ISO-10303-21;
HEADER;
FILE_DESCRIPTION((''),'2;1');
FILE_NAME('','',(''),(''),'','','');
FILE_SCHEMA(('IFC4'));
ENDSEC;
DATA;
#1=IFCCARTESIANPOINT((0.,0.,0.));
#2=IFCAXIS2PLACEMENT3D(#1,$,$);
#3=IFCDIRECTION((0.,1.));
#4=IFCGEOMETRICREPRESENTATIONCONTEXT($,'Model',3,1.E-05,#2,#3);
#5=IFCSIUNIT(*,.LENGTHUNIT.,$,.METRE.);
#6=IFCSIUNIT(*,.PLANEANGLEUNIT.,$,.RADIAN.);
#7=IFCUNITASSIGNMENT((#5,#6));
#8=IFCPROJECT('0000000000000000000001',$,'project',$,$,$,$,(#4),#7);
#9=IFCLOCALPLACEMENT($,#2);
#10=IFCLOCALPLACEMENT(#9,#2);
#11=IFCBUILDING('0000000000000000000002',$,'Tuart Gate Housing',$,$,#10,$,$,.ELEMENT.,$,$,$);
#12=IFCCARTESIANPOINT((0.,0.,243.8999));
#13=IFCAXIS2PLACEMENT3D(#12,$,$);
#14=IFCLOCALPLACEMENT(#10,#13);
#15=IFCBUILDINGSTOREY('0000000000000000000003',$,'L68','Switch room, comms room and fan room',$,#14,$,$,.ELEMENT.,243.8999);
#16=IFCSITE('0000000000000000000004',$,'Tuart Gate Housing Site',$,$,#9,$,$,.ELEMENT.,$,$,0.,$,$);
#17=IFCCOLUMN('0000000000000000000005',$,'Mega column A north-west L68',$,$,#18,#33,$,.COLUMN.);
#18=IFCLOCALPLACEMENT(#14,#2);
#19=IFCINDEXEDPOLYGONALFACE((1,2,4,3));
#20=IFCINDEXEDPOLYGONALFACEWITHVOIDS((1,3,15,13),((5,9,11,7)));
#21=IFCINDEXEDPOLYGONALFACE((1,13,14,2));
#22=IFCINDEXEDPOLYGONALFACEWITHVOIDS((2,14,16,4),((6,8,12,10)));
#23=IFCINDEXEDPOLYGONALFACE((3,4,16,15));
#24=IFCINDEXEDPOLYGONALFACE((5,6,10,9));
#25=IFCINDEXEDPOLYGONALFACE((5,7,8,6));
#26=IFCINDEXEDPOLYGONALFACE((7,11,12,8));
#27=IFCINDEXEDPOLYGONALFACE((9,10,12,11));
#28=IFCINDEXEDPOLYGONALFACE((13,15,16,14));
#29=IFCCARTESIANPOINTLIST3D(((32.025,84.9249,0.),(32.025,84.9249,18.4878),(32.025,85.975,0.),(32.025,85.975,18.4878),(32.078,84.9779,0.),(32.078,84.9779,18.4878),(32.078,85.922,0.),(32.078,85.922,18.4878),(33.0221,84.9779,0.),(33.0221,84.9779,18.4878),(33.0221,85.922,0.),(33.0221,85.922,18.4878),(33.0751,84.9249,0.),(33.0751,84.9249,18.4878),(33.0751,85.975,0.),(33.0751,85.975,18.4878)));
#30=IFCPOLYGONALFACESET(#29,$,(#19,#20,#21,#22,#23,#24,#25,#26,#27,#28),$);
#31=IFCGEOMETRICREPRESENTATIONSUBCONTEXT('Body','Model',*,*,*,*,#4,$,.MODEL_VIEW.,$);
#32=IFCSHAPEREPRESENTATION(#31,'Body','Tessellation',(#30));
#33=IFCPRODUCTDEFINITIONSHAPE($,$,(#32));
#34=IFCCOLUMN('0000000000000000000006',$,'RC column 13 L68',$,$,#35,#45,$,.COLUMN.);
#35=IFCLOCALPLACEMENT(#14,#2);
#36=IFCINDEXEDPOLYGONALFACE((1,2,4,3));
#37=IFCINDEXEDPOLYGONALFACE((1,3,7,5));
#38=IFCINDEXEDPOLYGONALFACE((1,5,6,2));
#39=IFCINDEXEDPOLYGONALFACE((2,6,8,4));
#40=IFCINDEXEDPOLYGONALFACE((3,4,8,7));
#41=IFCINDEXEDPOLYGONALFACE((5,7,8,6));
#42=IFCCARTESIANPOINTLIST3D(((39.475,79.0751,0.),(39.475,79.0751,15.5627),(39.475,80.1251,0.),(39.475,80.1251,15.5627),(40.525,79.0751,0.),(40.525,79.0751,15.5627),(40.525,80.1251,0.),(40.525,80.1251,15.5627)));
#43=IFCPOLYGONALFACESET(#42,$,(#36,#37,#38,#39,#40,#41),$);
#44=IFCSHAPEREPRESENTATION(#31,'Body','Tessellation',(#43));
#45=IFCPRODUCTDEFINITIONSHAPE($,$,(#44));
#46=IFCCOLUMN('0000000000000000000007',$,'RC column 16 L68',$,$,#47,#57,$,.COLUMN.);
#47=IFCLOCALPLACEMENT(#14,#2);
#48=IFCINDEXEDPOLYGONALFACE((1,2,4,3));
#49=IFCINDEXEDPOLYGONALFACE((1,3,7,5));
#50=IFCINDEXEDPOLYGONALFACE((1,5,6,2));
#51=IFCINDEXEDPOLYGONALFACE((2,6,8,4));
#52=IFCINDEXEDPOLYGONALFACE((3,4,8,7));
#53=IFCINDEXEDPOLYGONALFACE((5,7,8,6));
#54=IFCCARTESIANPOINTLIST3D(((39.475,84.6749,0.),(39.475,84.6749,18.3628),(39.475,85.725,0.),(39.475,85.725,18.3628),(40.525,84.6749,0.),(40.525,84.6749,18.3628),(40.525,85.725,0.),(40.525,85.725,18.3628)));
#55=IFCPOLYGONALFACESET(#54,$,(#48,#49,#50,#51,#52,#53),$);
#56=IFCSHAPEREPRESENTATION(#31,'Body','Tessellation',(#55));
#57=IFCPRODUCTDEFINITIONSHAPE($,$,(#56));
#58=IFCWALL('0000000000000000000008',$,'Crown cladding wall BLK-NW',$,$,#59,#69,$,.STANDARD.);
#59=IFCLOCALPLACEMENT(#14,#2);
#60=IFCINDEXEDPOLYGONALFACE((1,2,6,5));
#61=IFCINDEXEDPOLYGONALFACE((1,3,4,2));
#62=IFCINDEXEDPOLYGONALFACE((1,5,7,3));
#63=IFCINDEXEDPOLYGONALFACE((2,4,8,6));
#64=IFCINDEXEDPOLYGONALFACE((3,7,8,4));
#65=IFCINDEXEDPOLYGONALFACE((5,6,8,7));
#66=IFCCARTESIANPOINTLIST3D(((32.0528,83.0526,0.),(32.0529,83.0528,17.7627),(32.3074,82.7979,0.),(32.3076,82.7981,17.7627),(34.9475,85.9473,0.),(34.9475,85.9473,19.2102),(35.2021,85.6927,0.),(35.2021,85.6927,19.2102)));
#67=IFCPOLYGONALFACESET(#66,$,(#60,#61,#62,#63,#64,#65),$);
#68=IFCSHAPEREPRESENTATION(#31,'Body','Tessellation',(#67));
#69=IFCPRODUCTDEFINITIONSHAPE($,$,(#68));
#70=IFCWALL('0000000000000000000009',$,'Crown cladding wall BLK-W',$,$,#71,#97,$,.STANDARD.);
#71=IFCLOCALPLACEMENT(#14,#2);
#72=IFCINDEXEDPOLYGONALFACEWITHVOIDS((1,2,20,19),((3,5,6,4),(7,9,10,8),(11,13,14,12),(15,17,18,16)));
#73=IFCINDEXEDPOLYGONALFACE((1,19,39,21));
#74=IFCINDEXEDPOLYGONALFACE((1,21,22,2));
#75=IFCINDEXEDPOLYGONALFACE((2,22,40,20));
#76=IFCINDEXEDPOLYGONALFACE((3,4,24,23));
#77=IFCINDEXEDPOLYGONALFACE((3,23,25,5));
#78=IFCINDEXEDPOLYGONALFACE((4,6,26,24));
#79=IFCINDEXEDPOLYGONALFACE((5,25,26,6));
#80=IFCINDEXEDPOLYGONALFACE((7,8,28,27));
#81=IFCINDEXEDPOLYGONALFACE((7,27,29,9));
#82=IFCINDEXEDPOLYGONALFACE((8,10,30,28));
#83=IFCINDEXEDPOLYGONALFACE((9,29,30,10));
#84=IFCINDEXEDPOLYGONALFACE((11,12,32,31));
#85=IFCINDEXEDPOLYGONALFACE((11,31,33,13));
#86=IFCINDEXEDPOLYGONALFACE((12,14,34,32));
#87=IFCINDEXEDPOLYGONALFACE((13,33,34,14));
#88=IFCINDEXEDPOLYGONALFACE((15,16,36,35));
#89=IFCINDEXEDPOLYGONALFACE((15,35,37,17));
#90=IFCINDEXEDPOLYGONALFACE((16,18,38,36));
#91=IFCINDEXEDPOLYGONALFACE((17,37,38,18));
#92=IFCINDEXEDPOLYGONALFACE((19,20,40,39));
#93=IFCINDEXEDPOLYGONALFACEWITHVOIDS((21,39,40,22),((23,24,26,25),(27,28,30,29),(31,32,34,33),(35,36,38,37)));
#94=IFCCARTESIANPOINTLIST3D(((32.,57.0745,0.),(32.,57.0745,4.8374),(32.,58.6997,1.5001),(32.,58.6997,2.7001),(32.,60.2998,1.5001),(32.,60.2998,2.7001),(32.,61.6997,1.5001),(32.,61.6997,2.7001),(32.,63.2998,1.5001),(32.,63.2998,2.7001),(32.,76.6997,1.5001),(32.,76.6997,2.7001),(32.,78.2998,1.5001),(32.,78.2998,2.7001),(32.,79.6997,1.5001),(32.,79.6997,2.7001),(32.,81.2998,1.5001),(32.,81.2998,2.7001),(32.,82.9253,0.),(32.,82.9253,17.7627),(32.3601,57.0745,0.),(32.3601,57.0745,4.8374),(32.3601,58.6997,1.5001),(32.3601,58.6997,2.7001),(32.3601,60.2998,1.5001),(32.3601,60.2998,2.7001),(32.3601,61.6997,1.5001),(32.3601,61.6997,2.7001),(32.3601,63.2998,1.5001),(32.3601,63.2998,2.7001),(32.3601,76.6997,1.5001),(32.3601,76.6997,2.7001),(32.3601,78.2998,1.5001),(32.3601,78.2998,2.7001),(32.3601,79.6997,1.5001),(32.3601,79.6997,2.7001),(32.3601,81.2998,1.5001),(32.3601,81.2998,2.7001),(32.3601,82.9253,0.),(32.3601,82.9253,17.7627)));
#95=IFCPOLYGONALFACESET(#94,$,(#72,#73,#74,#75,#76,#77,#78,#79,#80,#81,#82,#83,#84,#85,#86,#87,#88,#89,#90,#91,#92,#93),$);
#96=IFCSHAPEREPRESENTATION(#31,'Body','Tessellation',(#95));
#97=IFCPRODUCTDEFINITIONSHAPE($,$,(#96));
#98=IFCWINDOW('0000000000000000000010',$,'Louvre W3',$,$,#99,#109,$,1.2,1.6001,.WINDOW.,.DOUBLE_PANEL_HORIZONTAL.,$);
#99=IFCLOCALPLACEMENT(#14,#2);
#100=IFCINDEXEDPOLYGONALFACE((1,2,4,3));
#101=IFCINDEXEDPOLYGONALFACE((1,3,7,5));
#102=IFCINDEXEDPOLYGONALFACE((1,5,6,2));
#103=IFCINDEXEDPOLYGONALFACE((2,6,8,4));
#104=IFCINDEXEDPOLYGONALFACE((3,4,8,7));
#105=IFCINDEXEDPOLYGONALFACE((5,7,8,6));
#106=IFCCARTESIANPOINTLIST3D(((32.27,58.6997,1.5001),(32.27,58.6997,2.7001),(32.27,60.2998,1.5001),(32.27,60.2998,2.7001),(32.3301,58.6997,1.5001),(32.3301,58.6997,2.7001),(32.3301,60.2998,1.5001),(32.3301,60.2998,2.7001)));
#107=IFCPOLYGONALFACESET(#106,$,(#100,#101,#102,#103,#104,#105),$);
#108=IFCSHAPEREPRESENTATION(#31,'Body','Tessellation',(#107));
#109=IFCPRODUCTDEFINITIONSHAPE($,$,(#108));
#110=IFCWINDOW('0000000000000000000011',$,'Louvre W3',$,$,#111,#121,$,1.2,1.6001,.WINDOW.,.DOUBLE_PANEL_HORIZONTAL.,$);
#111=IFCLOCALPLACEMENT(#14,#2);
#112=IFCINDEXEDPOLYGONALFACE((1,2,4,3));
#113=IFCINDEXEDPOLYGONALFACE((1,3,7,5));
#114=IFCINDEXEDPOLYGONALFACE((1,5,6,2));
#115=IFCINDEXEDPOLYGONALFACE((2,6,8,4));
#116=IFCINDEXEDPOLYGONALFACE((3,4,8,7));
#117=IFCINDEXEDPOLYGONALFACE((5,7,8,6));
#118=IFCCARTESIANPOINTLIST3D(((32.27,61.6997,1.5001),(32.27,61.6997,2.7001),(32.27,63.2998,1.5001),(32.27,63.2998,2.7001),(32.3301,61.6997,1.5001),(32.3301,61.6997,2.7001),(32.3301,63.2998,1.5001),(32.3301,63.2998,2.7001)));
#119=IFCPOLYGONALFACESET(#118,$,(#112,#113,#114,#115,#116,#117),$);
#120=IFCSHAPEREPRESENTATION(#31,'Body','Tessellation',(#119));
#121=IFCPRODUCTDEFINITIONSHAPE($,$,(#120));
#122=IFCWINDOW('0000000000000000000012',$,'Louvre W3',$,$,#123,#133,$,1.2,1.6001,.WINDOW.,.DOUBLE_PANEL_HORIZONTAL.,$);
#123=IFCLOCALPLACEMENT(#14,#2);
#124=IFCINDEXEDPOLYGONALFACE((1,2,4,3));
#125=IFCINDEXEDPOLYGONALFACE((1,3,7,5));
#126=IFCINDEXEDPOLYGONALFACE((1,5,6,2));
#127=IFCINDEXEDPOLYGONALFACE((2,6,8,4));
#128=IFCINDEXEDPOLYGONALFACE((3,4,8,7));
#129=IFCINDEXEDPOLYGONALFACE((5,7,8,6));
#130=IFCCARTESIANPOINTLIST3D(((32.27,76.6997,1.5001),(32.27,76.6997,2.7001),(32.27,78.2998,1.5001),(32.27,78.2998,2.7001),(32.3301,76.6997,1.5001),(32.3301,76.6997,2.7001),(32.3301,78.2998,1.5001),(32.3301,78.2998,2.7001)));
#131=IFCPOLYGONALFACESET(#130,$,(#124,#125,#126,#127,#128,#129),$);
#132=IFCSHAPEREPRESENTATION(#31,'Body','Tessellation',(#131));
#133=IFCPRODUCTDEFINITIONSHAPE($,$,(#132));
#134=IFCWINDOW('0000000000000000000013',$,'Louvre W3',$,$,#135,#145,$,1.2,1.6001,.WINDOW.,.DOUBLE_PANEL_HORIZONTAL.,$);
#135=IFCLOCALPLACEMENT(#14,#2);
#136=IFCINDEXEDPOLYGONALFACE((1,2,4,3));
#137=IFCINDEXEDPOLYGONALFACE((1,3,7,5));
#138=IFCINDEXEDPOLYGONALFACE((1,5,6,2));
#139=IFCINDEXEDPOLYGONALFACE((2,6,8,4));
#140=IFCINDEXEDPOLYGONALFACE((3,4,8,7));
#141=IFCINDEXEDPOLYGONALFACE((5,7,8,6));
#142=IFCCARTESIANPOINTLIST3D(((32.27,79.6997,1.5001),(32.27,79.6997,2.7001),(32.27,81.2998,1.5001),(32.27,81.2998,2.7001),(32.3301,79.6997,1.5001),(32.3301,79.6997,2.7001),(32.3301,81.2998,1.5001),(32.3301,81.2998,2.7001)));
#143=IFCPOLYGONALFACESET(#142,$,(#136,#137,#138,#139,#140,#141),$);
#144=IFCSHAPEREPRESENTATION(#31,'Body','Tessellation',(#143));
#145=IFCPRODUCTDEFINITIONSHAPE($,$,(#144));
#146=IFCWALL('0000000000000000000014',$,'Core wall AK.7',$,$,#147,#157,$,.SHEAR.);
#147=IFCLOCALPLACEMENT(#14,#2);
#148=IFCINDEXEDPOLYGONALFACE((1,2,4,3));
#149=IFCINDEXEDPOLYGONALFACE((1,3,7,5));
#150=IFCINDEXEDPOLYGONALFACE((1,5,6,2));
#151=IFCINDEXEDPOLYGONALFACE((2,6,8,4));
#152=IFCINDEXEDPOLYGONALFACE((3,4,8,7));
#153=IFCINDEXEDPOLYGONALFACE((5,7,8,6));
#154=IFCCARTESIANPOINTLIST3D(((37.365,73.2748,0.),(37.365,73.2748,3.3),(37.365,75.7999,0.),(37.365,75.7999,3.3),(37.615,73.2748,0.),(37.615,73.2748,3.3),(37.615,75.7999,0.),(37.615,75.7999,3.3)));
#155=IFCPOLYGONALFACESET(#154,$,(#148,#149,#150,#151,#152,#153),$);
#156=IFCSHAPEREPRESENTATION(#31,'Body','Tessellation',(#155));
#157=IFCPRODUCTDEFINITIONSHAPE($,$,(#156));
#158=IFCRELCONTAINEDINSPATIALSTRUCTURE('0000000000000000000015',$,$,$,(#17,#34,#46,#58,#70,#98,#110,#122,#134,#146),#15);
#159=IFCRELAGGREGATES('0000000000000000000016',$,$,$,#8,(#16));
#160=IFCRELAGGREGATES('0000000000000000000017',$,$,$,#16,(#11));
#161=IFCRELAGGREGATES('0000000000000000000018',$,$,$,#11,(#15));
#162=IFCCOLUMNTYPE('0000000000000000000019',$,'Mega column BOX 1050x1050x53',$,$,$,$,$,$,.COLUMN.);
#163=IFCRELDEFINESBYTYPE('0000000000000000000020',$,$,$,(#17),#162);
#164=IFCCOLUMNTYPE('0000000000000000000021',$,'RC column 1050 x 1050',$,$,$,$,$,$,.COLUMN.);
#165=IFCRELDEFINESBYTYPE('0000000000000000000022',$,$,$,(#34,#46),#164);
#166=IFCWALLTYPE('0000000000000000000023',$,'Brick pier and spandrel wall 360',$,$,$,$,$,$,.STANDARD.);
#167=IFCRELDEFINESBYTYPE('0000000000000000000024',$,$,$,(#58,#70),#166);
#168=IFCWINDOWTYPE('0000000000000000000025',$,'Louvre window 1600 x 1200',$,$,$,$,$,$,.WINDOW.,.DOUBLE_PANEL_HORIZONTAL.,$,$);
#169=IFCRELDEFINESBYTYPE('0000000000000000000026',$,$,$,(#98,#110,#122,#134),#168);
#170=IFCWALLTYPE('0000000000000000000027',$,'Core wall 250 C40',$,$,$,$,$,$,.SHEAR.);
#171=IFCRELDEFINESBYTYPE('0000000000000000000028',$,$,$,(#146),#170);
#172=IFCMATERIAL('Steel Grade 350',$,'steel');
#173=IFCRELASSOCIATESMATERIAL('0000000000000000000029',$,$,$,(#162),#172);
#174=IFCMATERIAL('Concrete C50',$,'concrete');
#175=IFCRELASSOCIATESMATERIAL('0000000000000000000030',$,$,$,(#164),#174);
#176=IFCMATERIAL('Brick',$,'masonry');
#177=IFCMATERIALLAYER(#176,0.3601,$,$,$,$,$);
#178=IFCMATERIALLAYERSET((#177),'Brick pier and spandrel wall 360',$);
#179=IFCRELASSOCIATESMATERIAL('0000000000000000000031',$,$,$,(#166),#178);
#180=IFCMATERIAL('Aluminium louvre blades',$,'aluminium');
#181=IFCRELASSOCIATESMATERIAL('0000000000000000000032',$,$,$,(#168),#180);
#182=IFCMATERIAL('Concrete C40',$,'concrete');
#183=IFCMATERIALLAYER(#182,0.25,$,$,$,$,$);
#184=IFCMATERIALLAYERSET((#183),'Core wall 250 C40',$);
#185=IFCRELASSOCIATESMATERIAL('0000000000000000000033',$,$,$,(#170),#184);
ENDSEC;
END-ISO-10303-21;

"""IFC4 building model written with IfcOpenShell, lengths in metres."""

from ifc_helpers import new_model, si_unit, direction, frame, frame_2d, origin, origin_2d, place, context, subcontext, project, spatial, polyline, rectangle, hollow_rectangle, outline, extrude, material, layer, layer_set, material_profile, profile_set, type_object, element, fill, save


model = new_model("IFC4")

# Units and contexts
model_context = context("Model", 3, precision=1e-05, world=origin(), true_north=direction((0.0, 1.0)))
body_context = subcontext(model_context, "Body", "Model", "MODEL_VIEW")
ifc_project = project(units=[si_unit("LENGTHUNIT", "METRE"), si_unit("PLANEANGLEUNIT", "RADIAN")], contexts=[model_context])

# Site, building, storey
site_placement = place(None, origin())
site = spatial("IfcSite", under=ifc_project, at=site_placement, Name="Tuart Gate Housing Site", CompositionType="ELEMENT", RefElevation=0.0)
building_placement = place(site_placement, origin())
building = spatial("IfcBuilding", under=site, at=building_placement, Name="Tuart Gate Housing", CompositionType="ELEMENT")
storey_placement = place(building_placement, frame((0.0, 0.0, 243.8999)))
storey = spatial("IfcBuildingStorey", under=building, at=storey_placement, Name="L68", Description="Switch room, comms room and fan room", CompositionType="ELEMENT", Elevation=243.8999)

# Columns
ifc_material_1 = material(Name="Steel Grade 350", Category="steel")
ifc_material_profile_1 = material_profile(ifc_material_1, hollow_rectangle(XDim=1.05, YDim=1.05, WallThickness=0.053, at=origin_2d()), Name="BOX 1050x1050x53")
ifc_profile_set_1 = profile_set([ifc_material_profile_1], Name="Steel Grade 350")
column_type_1 = type_object("IfcColumnType", Name="Mega column BOX 1050x1050x53", PredefinedType="COLUMN", material=ifc_profile_set_1)
column_1_placement = place(storey_placement, frame((32.55, 85.45, 0.0), z_axis=(0.0, 0.0, 1.0), x_axis=(1.0, 0.0, 0.0)))
element("IfcColumn", 1, at=column_1_placement, inside=storey, type_object=column_type_1, Name="Mega column A north-west L68", PredefinedType="COLUMN", context=body_context, shape_type="SweptSolid", body=[
    extrude(hollow_rectangle(XDim=1.05, YDim=1.05, WallThickness=0.053, at=origin_2d()), origin(), (0.0, 0.0, 1.0), 18.4878),
])
ifc_material_2 = material(Name="Concrete C50", Category="concrete")
ifc_material_profile_2 = material_profile(ifc_material_2, rectangle(XDim=1.05, YDim=1.05, at=origin_2d()), Name="RC column 1050 x 1050")
ifc_profile_set_2 = profile_set([ifc_material_profile_2], Name="Concrete C50")
column_type_2 = type_object("IfcColumnType", Name="RC column 1050 x 1050", PredefinedType="COLUMN", material=ifc_profile_set_2)
column_2_placement = place(storey_placement, frame((40.0, 79.6001, 0.0), z_axis=(0.0, 0.0, 1.0), x_axis=(1.0, 0.0, 0.0)))
element("IfcColumn", 2, at=column_2_placement, inside=storey, type_object=column_type_2, Name="RC column 13 L68", PredefinedType="COLUMN", context=body_context, shape_type="SweptSolid", body=[
    extrude(rectangle(XDim=1.05, YDim=1.05, at=origin_2d()), origin(), (0.0, 0.0, 1.0), 15.5627),
])
column_3_placement = place(storey_placement, frame((40.0, 85.2, 0.0), z_axis=(0.0, 0.0, 1.0), x_axis=(1.0, 0.0, 0.0)))
element("IfcColumn", 3, at=column_3_placement, inside=storey, type_object=column_type_2, Name="RC column 16 L68", PredefinedType="COLUMN", context=body_context, shape_type="SweptSolid", body=[
    extrude(rectangle(XDim=1.05, YDim=1.05, at=origin_2d()), origin(), (0.0, 0.0, 1.0), 18.3628),
])

# Wall
ifc_material_3 = material(Name="Brick", Category="masonry")
ifc_layer_1 = layer(ifc_material_3, 0.3601)
ifc_layer_set_1 = layer_set([ifc_layer_1], Name="Brick pier and spandrel wall 360")
wall_type_1 = type_object("IfcWallType", Name="Brick pier and spandrel wall 360", PredefinedType="STANDARD", material=ifc_layer_set_1)
wall_1_placement = place(storey_placement, frame((35.0747, 85.8201, 0.0), z_axis=(0.0, 0.0, 1.0), x_axis=(-0.707107, -0.707107, 0.0)))
element("IfcWall", 4, at=wall_1_placement, inside=storey, type_object=wall_type_1, Name="Crown cladding wall BLK-NW", PredefinedType="STANDARD", context=body_context, shape_type="SweptSolid", body=[
    extrude(outline(polyline([(0.0, 0.0), (4.0938, 0.0), (4.0935, 17.7627), (0.0, 19.2102), (0.0, 0.0)])), frame((0.0, 0.1802, 0.0), z_axis=(0.0, -1.0, 0.0), x_axis=(1.0, 0.0, 0.0)), (0.0, 0.0, 1.0), 0.3601),
])

# Wall, openings, windows
wall_2_placement = place(storey_placement, frame((32.1799, 82.9253, 0.0), z_axis=(0.0, 0.0, 1.0), x_axis=(0.0, -1.0, 0.0)))
wall_2 = element("IfcWall", 5, at=wall_2_placement, inside=storey, type_object=wall_type_1, Name="Crown cladding wall BLK-W", PredefinedType="STANDARD", context=body_context, shape_type="SweptSolid", body=[
    extrude(outline(polyline([(0.0, 0.0), (25.8508, 0.0), (25.8508, 4.8374), (0.0, 17.7627), (0.0, 0.0)])), frame((0.0, 0.1802, 0.0), z_axis=(0.0, -1.0, 0.0), x_axis=(1.0, 0.0, 0.0)), (0.0, 0.0, 1.0), 0.3601),
])
opening_1_placement = place(wall_2_placement, frame((22.6255, 0.0, 1.5)))
opening_1 = element("IfcOpeningElement", 6, at=opening_1_placement, cuts=wall_2, PredefinedType="OPENING", context=body_context, shape_type="SweptSolid", body=[
    extrude(rectangle(XDim=1.6001, YDim=1.2, at=frame_2d((0.8, 0.6001))), frame((0.0, 0.1899, 0.0), z_axis=(0.0, -1.0, 0.0), x_axis=(1.0, 0.0, 0.0)), (0.0, 0.0, 1.0), 0.3801),
])
opening_2_placement = place(wall_2_placement, frame((19.6255, 0.0, 1.5)))
opening_2 = element("IfcOpeningElement", 7, at=opening_2_placement, cuts=wall_2, PredefinedType="OPENING", context=body_context, shape_type="SweptSolid", body=[
    extrude(rectangle(XDim=1.6001, YDim=1.2, at=frame_2d((0.8, 0.6001))), frame((0.0, 0.1899, 0.0), z_axis=(0.0, -1.0, 0.0), x_axis=(1.0, 0.0, 0.0)), (0.0, 0.0, 1.0), 0.3801),
])
opening_3_placement = place(wall_2_placement, frame((4.6255, 0.0, 1.5)))
opening_3 = element("IfcOpeningElement", 8, at=opening_3_placement, cuts=wall_2, PredefinedType="OPENING", context=body_context, shape_type="SweptSolid", body=[
    extrude(rectangle(XDim=1.6001, YDim=1.2, at=frame_2d((0.8, 0.6001))), frame((0.0, 0.1899, 0.0), z_axis=(0.0, -1.0, 0.0), x_axis=(1.0, 0.0, 0.0)), (0.0, 0.0, 1.0), 0.3801),
])
opening_4_placement = place(wall_2_placement, frame((1.6255, 0.0, 1.5)))
opening_4 = element("IfcOpeningElement", 9, at=opening_4_placement, cuts=wall_2, PredefinedType="OPENING", context=body_context, shape_type="SweptSolid", body=[
    extrude(rectangle(XDim=1.6001, YDim=1.2, at=frame_2d((0.8, 0.6001))), frame((0.0, 0.1899, 0.0), z_axis=(0.0, -1.0, 0.0), x_axis=(1.0, 0.0, 0.0)), (0.0, 0.0, 1.0), 0.3801),
])
ifc_material_4 = material(Name="Aluminium louvre blades", Category="aluminium")
window_type = type_object("IfcWindowType", Name="Louvre window 1600 x 1200", PartitioningType="DOUBLE_PANEL_HORIZONTAL", PredefinedType="WINDOW", material=ifc_material_4)
window_1_placement = place(opening_1_placement, origin())
window_1 = element("IfcWindow", 10, at=window_1_placement, inside=storey, type_object=window_type, Name="Louvre W3", OverallHeight=1.2, OverallWidth=1.6001, PartitioningType="DOUBLE_PANEL_HORIZONTAL", PredefinedType="WINDOW", context=body_context, shape_type="SweptSolid", body=[
    extrude(rectangle(XDim=1.6001, YDim=1.2, at=frame_2d((0.8, 0.6001))), frame((0.0, 0.1501, 0.0), z_axis=(0.0, -1.0, 0.0), x_axis=(1.0, 0.0, 0.0)), (0.0, 0.0, 1.0), 0.0601),
])
fill(opening_1, window_1)
window_2_placement = place(opening_2_placement, origin())
window_2 = element("IfcWindow", 11, at=window_2_placement, inside=storey, type_object=window_type, Name="Louvre W3", OverallHeight=1.2, OverallWidth=1.6001, PartitioningType="DOUBLE_PANEL_HORIZONTAL", PredefinedType="WINDOW", context=body_context, shape_type="SweptSolid", body=[
    extrude(rectangle(XDim=1.6001, YDim=1.2, at=frame_2d((0.8, 0.6001))), frame((0.0, 0.1501, 0.0), z_axis=(0.0, -1.0, 0.0), x_axis=(1.0, 0.0, 0.0)), (0.0, 0.0, 1.0), 0.0601),
])
fill(opening_2, window_2)
window_3_placement = place(opening_3_placement, origin())
window_3 = element("IfcWindow", 12, at=window_3_placement, inside=storey, type_object=window_type, Name="Louvre W3", OverallHeight=1.2, OverallWidth=1.6001, PartitioningType="DOUBLE_PANEL_HORIZONTAL", PredefinedType="WINDOW", context=body_context, shape_type="SweptSolid", body=[
    extrude(rectangle(XDim=1.6001, YDim=1.2, at=frame_2d((0.8, 0.6001))), frame((0.0, 0.1501, 0.0), z_axis=(0.0, -1.0, 0.0), x_axis=(1.0, 0.0, 0.0)), (0.0, 0.0, 1.0), 0.0601),
])
fill(opening_3, window_3)
window_4_placement = place(opening_4_placement, origin())
window_4 = element("IfcWindow", 13, at=window_4_placement, inside=storey, type_object=window_type, Name="Louvre W3", OverallHeight=1.2, OverallWidth=1.6001, PartitioningType="DOUBLE_PANEL_HORIZONTAL", PredefinedType="WINDOW", context=body_context, shape_type="SweptSolid", body=[
    extrude(rectangle(XDim=1.6001, YDim=1.2, at=frame_2d((0.8, 0.6001))), frame((0.0, 0.1501, 0.0), z_axis=(0.0, -1.0, 0.0), x_axis=(1.0, 0.0, 0.0)), (0.0, 0.0, 1.0), 0.0601),
])
fill(opening_4, window_4)

# Wall
ifc_material_5 = material(Name="Concrete C40", Category="concrete")
ifc_layer_2 = layer(ifc_material_5, 0.25)
ifc_layer_set_2 = layer_set([ifc_layer_2], Name="Core wall 250 C40")
wall_type_2 = type_object("IfcWallType", Name="Core wall 250 C40", PredefinedType="SHEAR", material=ifc_layer_set_2)
wall_3_placement = place(storey_placement, frame((37.49, 75.8, 0.0), z_axis=(0.0, 0.0, 1.0), x_axis=(0.0, -1.0, 0.0)))
element("IfcWall", 14, at=wall_3_placement, inside=storey, type_object=wall_type_2, Name="Core wall AK.7", PredefinedType="SHEAR", context=body_context, shape_type="SweptSolid", body=[
    extrude(rectangle(XDim=2.5251, YDim=0.25, at=frame_2d((1.2627, 0.0))), origin(), (0.0, 0.0, 1.0), 3.3),
])

save(model, "model.ifc")
